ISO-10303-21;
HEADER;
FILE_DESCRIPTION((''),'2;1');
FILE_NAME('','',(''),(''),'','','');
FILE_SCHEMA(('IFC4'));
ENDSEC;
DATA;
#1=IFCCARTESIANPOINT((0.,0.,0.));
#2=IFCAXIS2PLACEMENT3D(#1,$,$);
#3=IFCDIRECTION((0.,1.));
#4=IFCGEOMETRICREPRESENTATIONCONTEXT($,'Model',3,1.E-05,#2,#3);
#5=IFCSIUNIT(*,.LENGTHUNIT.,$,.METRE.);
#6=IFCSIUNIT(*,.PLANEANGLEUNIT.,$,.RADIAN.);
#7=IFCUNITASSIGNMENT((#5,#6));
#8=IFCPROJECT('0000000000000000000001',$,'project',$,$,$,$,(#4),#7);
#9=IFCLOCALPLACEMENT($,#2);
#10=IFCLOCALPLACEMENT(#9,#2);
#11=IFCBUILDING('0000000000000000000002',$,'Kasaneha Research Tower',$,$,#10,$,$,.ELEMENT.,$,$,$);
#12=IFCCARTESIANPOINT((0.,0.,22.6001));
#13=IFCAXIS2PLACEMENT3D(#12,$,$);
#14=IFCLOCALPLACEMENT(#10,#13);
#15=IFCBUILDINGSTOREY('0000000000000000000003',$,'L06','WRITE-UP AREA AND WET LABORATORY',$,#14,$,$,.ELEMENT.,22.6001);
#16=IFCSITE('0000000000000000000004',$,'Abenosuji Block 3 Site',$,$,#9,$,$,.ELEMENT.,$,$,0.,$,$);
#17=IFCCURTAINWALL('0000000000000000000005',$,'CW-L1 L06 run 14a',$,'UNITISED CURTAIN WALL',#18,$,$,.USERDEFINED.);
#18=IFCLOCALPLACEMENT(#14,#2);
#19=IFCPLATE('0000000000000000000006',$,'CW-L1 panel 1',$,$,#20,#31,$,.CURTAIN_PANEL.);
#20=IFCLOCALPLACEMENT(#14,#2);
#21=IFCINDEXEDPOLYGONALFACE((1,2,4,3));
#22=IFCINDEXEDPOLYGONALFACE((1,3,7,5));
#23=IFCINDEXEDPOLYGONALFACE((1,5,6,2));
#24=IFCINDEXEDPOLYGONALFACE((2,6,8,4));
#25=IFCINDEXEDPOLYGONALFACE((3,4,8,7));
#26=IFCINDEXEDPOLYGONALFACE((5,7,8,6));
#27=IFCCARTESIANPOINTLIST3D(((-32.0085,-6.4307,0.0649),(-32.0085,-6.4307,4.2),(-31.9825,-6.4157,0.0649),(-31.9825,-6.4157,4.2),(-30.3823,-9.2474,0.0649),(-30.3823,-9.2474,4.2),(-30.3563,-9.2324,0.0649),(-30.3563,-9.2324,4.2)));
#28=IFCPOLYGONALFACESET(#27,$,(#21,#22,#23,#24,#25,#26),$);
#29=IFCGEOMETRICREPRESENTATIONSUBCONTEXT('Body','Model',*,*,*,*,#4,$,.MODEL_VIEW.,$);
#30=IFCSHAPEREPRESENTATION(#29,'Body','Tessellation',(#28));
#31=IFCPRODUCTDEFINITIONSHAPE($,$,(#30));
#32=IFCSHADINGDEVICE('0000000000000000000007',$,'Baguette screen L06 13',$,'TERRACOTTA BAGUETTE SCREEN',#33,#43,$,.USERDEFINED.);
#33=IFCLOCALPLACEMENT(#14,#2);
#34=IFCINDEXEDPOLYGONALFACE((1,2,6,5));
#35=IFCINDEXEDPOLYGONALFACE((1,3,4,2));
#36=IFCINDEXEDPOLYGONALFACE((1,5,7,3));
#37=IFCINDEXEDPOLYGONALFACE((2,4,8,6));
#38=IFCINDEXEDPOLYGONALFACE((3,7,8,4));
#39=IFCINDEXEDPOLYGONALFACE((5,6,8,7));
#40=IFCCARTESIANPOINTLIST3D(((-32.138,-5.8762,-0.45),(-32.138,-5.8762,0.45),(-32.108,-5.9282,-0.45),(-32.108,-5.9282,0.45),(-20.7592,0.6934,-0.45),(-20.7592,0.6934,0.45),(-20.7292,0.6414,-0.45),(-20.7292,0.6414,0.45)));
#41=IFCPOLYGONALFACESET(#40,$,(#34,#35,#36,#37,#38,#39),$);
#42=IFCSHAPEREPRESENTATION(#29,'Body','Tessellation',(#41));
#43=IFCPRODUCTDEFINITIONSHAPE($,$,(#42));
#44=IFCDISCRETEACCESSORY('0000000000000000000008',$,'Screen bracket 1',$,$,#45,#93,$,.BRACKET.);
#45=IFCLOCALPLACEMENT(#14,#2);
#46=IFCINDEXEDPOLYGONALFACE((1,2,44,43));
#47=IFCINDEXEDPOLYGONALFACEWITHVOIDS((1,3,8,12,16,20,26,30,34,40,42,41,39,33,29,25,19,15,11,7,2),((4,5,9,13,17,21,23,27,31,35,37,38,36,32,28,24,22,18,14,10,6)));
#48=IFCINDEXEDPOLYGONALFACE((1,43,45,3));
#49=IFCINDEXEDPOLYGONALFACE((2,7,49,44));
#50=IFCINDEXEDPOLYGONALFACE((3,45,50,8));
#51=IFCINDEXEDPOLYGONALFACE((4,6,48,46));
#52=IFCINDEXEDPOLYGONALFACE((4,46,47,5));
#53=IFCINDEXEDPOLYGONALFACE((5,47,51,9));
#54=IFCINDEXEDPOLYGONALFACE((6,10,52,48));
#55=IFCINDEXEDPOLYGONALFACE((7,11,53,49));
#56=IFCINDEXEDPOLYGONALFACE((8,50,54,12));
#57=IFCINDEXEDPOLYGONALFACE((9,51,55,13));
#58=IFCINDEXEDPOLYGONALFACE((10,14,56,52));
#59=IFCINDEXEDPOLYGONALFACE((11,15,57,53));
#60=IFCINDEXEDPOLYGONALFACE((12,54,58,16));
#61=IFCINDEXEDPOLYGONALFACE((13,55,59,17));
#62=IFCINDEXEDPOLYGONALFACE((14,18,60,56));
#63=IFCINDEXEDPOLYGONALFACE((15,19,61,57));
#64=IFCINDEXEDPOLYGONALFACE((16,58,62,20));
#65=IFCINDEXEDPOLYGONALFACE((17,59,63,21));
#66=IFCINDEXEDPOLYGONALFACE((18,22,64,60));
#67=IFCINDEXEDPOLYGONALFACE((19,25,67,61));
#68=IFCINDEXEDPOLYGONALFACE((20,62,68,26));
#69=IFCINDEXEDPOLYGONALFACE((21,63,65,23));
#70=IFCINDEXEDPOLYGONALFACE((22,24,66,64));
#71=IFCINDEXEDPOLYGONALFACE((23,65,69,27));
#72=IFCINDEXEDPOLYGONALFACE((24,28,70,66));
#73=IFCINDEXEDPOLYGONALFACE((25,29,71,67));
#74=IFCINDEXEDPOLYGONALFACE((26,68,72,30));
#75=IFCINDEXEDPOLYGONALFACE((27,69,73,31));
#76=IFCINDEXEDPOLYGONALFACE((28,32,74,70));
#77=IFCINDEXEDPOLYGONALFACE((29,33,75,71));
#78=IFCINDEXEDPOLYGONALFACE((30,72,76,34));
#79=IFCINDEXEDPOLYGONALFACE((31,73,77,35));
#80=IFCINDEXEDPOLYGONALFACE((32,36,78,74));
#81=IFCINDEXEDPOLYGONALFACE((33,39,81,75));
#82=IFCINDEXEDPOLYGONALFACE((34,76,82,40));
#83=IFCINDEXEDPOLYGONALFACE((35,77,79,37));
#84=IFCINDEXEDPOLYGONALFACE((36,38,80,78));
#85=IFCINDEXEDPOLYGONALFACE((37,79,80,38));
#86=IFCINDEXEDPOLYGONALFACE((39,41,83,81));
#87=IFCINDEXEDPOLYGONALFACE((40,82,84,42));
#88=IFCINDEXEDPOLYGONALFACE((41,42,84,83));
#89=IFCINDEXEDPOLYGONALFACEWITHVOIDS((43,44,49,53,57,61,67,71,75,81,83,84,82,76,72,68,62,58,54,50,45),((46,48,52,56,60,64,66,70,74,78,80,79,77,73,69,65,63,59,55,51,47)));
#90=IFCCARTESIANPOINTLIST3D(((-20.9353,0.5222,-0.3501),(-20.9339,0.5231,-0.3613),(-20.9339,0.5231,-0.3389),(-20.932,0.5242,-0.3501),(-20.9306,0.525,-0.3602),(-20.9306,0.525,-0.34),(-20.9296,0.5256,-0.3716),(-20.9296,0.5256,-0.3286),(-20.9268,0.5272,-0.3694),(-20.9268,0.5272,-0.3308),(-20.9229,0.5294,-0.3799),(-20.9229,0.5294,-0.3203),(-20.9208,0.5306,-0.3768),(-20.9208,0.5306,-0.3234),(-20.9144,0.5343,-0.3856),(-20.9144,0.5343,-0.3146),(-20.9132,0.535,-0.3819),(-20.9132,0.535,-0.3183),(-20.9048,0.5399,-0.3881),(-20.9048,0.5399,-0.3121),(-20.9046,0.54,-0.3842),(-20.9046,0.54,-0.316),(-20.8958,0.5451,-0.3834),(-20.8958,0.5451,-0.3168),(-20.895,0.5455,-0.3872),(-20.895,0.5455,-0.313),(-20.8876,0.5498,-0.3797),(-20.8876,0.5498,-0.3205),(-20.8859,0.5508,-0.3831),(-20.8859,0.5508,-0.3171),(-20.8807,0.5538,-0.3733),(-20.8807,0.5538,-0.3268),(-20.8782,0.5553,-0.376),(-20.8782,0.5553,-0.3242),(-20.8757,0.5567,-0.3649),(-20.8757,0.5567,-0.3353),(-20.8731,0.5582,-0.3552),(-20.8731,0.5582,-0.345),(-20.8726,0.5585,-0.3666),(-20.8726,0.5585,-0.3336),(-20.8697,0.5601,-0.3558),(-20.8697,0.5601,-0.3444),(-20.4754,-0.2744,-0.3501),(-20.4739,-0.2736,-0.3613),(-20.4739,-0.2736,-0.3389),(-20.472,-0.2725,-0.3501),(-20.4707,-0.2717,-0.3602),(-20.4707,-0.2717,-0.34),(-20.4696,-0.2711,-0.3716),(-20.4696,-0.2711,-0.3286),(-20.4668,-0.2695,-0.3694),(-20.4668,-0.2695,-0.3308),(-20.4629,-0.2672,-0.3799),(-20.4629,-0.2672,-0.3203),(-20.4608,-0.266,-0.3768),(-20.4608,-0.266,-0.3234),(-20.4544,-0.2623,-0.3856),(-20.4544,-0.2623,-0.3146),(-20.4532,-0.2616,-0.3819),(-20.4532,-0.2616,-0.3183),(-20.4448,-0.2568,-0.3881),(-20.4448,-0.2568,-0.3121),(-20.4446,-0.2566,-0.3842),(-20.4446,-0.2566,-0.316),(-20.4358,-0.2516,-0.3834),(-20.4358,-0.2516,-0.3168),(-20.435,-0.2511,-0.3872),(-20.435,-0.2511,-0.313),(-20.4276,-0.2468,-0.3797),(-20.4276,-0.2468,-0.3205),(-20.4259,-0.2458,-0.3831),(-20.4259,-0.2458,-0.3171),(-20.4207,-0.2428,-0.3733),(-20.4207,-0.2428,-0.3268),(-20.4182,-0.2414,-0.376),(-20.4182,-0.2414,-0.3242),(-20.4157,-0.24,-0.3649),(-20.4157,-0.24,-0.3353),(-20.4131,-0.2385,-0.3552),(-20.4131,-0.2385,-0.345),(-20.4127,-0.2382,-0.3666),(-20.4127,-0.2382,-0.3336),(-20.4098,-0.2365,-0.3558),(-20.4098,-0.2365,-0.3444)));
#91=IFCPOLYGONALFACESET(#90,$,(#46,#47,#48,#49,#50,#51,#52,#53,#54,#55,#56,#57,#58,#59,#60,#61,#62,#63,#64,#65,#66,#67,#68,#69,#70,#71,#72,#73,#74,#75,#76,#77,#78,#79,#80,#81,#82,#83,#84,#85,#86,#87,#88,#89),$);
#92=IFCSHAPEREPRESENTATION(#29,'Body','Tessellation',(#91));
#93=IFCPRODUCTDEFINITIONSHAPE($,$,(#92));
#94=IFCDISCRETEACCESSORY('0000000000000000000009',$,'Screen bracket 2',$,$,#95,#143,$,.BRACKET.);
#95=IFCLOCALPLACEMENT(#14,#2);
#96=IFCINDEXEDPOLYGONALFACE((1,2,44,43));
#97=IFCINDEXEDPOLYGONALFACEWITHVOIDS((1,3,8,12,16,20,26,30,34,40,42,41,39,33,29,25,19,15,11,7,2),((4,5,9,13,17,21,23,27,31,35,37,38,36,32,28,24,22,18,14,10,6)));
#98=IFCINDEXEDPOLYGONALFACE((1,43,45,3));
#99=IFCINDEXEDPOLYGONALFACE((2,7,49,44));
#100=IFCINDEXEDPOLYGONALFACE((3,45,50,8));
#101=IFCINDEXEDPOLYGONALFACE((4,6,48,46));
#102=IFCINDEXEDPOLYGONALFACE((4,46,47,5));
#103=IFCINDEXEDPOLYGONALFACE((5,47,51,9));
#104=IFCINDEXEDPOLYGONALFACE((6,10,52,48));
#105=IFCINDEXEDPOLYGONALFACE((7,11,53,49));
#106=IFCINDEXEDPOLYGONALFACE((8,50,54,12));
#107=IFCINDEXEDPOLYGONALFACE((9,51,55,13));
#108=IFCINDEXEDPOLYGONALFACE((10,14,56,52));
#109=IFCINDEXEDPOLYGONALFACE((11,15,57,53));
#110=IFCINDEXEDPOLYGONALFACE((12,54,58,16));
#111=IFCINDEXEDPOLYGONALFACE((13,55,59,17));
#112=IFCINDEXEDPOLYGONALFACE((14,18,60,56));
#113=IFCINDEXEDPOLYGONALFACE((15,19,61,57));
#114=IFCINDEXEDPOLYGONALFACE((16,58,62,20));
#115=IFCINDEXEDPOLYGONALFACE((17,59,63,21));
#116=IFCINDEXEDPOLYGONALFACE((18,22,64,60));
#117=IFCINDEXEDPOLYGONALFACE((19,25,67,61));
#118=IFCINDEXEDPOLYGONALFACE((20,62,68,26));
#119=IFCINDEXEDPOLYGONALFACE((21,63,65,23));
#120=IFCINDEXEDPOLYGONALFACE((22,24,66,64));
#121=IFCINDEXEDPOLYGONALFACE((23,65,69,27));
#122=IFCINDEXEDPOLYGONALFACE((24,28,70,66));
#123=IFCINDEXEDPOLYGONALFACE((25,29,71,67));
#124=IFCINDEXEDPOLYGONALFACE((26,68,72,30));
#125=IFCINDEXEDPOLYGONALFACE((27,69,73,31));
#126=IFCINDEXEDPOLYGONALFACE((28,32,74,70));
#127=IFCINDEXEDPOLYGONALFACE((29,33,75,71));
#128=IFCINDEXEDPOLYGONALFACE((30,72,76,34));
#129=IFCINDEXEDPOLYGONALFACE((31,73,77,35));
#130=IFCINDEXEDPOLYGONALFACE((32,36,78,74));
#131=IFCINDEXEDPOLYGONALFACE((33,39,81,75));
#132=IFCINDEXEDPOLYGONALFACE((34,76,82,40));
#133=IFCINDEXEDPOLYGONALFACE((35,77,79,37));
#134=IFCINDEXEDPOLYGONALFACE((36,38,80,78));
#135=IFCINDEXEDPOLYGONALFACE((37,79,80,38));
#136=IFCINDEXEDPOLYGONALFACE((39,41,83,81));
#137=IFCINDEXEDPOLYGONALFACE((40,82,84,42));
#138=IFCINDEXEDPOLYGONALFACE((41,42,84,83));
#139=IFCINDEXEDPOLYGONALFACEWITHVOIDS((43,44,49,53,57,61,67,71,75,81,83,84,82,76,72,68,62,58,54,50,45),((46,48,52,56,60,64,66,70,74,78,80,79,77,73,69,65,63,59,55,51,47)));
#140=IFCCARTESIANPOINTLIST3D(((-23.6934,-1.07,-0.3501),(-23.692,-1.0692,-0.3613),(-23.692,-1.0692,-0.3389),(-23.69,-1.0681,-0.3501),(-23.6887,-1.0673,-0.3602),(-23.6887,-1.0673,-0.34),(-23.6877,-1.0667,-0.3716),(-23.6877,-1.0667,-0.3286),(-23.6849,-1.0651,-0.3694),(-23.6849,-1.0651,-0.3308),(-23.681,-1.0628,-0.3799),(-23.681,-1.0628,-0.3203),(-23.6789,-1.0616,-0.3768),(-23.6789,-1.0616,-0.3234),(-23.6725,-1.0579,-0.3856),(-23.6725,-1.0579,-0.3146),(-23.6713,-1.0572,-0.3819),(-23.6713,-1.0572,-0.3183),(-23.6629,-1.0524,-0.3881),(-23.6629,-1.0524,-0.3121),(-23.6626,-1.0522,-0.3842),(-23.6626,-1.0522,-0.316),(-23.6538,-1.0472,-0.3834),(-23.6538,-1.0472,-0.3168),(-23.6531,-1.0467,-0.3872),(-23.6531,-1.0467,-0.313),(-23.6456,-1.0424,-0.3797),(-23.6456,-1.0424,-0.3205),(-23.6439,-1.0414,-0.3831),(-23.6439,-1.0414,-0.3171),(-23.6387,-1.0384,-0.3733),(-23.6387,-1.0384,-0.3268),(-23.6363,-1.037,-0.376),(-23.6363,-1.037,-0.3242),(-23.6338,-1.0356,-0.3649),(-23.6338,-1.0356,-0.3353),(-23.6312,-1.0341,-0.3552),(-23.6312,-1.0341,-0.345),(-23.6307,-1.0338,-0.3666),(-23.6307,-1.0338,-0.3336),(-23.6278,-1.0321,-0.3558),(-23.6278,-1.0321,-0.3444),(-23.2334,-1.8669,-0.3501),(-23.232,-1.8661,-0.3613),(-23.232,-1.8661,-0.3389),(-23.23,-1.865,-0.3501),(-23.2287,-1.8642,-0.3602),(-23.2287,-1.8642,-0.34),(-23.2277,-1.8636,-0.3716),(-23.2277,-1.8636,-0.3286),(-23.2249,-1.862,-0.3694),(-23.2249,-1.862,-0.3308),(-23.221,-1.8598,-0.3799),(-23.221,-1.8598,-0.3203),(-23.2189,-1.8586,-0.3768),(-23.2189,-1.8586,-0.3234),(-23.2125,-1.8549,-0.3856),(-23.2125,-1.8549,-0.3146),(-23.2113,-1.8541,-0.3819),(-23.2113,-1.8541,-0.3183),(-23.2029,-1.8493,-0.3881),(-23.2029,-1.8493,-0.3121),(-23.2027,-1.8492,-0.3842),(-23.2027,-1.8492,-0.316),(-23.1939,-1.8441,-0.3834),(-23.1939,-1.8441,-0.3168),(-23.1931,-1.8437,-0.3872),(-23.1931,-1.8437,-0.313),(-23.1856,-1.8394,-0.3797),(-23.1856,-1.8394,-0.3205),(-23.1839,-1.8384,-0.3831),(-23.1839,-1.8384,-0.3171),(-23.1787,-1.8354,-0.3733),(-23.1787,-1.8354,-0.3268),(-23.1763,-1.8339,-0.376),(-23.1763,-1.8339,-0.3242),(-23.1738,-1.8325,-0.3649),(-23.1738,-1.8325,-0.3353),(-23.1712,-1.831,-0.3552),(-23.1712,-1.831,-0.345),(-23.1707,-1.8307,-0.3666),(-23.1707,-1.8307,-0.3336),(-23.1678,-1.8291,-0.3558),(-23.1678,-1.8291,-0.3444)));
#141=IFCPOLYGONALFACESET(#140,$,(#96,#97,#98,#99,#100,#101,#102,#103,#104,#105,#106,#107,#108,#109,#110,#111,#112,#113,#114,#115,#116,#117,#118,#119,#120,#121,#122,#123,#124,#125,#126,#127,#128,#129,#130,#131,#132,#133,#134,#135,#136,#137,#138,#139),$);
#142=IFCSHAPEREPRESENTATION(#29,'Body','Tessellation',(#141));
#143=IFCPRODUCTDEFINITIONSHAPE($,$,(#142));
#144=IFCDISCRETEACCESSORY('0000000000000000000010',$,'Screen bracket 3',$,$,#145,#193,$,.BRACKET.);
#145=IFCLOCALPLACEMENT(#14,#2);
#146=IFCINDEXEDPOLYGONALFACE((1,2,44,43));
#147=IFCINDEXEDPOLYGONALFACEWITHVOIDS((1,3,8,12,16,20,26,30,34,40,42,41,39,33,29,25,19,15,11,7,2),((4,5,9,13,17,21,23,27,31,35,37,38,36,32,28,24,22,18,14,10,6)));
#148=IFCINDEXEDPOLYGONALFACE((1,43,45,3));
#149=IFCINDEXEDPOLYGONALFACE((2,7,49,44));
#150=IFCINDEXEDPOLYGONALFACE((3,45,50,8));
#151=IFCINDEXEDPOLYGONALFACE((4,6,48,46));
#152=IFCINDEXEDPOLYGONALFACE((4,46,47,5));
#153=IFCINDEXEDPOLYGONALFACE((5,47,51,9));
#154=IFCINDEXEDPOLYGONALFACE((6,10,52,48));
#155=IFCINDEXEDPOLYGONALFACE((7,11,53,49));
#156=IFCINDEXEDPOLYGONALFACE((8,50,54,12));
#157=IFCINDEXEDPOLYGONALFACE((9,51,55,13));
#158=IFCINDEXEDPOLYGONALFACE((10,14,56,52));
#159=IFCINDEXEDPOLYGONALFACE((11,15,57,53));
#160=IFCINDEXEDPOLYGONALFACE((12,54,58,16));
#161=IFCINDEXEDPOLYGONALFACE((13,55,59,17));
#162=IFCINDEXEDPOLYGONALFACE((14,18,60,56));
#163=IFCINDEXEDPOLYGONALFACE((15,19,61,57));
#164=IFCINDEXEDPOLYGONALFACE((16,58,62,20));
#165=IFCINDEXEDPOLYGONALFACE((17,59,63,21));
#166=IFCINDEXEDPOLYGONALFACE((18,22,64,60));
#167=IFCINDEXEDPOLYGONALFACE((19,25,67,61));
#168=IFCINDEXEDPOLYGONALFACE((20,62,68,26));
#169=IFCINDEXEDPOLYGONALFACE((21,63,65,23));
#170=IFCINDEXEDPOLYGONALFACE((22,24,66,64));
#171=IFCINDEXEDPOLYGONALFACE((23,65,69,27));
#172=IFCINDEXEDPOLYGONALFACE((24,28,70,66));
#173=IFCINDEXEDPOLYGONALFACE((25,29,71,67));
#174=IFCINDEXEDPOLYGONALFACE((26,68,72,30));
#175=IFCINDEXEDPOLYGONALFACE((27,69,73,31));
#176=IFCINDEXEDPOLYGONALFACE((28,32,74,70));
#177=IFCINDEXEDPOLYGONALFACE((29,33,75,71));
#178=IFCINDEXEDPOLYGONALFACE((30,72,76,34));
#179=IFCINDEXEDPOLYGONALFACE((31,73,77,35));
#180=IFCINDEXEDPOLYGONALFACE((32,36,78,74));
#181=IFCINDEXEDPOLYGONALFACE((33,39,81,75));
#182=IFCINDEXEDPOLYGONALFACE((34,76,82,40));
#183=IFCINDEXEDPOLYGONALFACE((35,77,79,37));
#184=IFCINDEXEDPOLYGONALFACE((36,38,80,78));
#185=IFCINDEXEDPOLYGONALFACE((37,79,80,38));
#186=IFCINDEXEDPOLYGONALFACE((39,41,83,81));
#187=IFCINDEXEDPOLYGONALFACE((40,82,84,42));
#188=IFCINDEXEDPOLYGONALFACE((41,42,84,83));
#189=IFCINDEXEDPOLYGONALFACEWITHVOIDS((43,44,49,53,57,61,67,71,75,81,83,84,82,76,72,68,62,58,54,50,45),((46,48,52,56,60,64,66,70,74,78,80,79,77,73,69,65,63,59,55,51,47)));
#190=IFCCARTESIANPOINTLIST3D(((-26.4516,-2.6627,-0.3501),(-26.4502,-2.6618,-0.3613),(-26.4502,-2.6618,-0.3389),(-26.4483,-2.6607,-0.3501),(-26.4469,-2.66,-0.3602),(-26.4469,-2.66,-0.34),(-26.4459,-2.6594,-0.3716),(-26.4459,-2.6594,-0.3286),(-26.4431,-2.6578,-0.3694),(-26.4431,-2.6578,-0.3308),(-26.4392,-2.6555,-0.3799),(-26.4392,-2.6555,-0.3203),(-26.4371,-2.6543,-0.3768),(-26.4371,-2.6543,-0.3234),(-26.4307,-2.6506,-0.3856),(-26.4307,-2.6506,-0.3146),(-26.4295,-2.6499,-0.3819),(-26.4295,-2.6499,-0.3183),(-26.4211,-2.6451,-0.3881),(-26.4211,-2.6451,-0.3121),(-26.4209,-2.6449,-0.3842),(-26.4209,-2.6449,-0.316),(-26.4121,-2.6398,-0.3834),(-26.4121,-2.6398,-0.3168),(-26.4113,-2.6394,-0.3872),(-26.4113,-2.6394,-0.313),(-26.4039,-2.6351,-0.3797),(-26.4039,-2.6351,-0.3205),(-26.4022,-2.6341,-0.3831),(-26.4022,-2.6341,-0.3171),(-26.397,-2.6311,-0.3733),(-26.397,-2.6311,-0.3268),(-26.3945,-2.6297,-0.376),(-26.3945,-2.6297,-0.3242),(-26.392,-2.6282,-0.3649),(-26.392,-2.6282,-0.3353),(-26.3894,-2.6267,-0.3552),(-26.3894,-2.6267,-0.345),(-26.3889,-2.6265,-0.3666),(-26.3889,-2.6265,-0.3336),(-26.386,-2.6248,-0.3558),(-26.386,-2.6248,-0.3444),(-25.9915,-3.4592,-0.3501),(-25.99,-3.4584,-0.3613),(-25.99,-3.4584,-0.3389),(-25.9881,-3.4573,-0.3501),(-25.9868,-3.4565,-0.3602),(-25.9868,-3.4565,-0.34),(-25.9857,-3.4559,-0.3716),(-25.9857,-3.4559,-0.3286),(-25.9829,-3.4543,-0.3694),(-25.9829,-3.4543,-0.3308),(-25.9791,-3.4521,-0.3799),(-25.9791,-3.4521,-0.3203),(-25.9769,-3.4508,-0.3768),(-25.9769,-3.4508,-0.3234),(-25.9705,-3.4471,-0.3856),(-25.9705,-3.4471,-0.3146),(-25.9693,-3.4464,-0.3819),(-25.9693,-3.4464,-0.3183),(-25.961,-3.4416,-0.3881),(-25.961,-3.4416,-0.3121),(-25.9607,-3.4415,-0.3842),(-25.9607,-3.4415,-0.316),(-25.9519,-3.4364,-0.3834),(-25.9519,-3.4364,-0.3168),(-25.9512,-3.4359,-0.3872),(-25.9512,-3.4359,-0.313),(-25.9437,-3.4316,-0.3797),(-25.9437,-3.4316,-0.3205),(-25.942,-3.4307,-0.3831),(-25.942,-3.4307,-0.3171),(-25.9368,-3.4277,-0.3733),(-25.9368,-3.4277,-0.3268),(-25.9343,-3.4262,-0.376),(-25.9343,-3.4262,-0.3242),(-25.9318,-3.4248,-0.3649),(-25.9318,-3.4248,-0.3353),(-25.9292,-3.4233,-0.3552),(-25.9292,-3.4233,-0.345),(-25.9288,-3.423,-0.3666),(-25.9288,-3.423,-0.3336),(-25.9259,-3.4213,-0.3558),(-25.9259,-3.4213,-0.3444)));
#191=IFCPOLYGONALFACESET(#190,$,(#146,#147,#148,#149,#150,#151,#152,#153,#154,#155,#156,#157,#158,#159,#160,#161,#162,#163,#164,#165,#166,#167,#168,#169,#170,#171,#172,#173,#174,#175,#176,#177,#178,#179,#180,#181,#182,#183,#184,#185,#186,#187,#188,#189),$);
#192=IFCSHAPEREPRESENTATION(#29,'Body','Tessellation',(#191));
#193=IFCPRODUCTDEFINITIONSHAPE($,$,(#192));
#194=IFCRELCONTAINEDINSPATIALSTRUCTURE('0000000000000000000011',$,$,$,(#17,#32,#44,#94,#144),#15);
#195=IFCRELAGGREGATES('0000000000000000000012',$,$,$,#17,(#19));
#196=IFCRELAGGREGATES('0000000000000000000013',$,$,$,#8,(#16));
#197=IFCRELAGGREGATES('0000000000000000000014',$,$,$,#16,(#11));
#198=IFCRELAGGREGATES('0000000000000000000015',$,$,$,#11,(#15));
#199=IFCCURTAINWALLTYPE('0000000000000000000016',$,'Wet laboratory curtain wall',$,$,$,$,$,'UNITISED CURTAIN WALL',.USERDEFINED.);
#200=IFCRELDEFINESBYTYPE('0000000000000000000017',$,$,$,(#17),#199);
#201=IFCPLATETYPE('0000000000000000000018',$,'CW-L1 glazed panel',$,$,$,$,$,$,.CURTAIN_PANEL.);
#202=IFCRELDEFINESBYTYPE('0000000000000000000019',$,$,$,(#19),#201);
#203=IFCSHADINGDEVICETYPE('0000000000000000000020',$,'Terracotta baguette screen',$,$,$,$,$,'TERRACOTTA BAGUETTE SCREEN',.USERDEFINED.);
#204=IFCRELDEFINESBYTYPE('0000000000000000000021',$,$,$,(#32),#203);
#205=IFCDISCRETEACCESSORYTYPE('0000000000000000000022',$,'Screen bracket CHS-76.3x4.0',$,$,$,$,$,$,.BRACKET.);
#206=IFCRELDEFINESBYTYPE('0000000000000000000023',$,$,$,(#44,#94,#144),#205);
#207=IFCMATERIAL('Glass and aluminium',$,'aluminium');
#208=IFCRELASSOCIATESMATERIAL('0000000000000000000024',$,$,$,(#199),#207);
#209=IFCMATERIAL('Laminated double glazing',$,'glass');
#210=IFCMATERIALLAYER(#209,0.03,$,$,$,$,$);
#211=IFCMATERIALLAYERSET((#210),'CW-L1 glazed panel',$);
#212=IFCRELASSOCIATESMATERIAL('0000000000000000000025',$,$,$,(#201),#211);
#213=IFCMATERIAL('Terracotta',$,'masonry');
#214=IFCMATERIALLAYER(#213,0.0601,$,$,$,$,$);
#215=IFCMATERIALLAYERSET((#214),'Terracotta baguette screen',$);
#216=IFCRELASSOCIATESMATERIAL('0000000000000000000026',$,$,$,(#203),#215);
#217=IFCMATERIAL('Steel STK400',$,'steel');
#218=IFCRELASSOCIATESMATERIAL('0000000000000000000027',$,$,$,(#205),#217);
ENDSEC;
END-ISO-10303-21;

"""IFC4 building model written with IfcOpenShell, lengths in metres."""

from ifc_helpers import new_model, si_unit, direction, frame, origin, origin_2d, place, context, subcontext, project, spatial, rectangle, hollow_circle, extrude, material, layer, layer_set, material_profile, profile_set, type_object, element, aggregate, save


model = new_model("IFC4")

# Units and contexts
model_context = context("Model", 3, precision=1e-05, world=origin(), true_north=direction((0.0, 1.0)))
body_context = subcontext(model_context, "Body", "Model", "MODEL_VIEW")
ifc_project = project(units=[si_unit("LENGTHUNIT", "METRE"), si_unit("PLANEANGLEUNIT", "RADIAN")], contexts=[model_context])

# Site, building, storey
site_placement = place(None, origin())
site = spatial("IfcSite", under=ifc_project, at=site_placement, Name="Abenosuji Block 3 Site", CompositionType="ELEMENT", RefElevation=0.0)
building_placement = place(site_placement, origin())
building = spatial("IfcBuilding", under=site, at=building_placement, Name="Kasaneha Research Tower", CompositionType="ELEMENT")
storey_placement = place(building_placement, frame((0.0, 0.0, 22.6001)))
storey = spatial("IfcBuildingStorey", under=building, at=storey_placement, Name="L06", Description="WRITE-UP AREA AND WET LABORATORY", CompositionType="ELEMENT", Elevation=22.6001)

# Shared definitions
ifc_material_1 = material(Name="Glass and aluminium", Category="aluminium")
curtain_wall_type = type_object("IfcCurtainWallType", Name="Wet laboratory curtain wall", ElementType="UNITISED CURTAIN WALL", PredefinedType="USERDEFINED", material=ifc_material_1)

# Curtain wall
curtain_wall_1_placement = place(storey_placement, origin())
curtain_wall_1 = element("IfcCurtainWall", 1, at=curtain_wall_1_placement, inside=storey, type_object=curtain_wall_type, Name="CW-L1 L06 run 14a", ObjectType="UNITISED CURTAIN WALL", PredefinedType="USERDEFINED")

# Plate
ifc_material_2 = material(Name="Laminated double glazing", Category="glass")
ifc_layer_1 = layer(ifc_material_2, 0.03)
ifc_layer_set_1 = layer_set([ifc_layer_1], Name="CW-L1 glazed panel")
plate_type = type_object("IfcPlateType", Name="CW-L1 glazed panel", PredefinedType="CURTAIN_PANEL", material=ifc_layer_set_1)
plate_1_placement = place(storey_placement, frame((-31.1824, -7.8315, 0.0649), z_axis=(0.0, 0.0, 1.0), x_axis=(0.5, -0.866025, 0.0)))
plate_1 = element("IfcPlate", 2, at=plate_1_placement, type_object=plate_type, Name="CW-L1 panel 1", PredefinedType="CURTAIN_PANEL", context=body_context, shape_type="SweptSolid", body=[
    extrude(rectangle(XDim=3.2524, YDim=0.03, at=origin_2d()), origin(), (0.0, 0.0, 1.0), 4.135),
])
aggregate(curtain_wall_1, [plate_1])

# Shading device
ifc_material_3 = material(Name="Terracotta", Category="masonry")
ifc_layer_2 = layer(ifc_material_3, 0.0601)
ifc_layer_set_2 = layer_set([ifc_layer_2], Name="Terracotta baguette screen")
shading_device_type = type_object("IfcShadingDeviceType", Name="Terracotta baguette screen", ElementType="TERRACOTTA BAGUETTE SCREEN", PredefinedType="USERDEFINED", material=ifc_layer_set_2)
shading_device_placement = place(storey_placement, frame((-26.4336, -2.6174, -0.45), z_axis=(0.0, 0.0, 1.0), x_axis=(-0.866025, -0.5, 0.0)))
element("IfcShadingDevice", 3, at=shading_device_placement, inside=storey, type_object=shading_device_type, Name="Baguette screen L06 13", ObjectType="TERRACOTTA BAGUETTE SCREEN", PredefinedType="USERDEFINED", context=body_context, shape_type="SweptSolid", body=[
    extrude(rectangle(XDim=13.1392, YDim=0.0601, at=origin_2d()), origin(), (0.0, 0.0, 1.0), 0.8999),
])

# Discrete accessories
ifc_material_4 = material(Name="Steel STK400", Category="steel")
ifc_material_profile_1 = material_profile(ifc_material_4, hollow_circle(Radius=0.0381, WallThickness=0.0039, at=origin_2d()), Name="CHS-76.3x4.0")
ifc_profile_set_1 = profile_set([ifc_material_profile_1], Name="Steel STK400")
discrete_accessory_type = type_object("IfcDiscreteAccessoryType", Name="Screen bracket CHS-76.3x4.0", PredefinedType="BRACKET", material=ifc_profile_set_1)
discrete_accessory_1_placement = place(storey_placement, frame((-20.4424, -0.2554, -0.3501), z_axis=(-0.500021, 0.866013, 0.0), x_axis=(-0.866013, -0.500021, 0.0)))
element("IfcDiscreteAccessory", 4, at=discrete_accessory_1_placement, inside=storey, type_object=discrete_accessory_type, Name="Screen bracket 1", PredefinedType="BRACKET", context=body_context, shape_type="SweptSolid", body=[
    extrude(hollow_circle(Radius=0.0381, WallThickness=0.0039, at=origin_2d()), origin(), (0.0, 0.0, 1.0), 0.9199),
])
discrete_accessory_2_placement = place(storey_placement, frame((-23.2004, -1.8479, -0.3501), z_axis=(-0.499906, 0.86608, 0.0), x_axis=(-0.86608, -0.499906, 0.0)))
element("IfcDiscreteAccessory", 5, at=discrete_accessory_2_placement, inside=storey, type_object=discrete_accessory_type, Name="Screen bracket 2", PredefinedType="BRACKET", context=body_context, shape_type="SweptSolid", body=[
    extrude(hollow_circle(Radius=0.0381, WallThickness=0.0039, at=origin_2d()), origin(), (0.0, 0.0, 1.0), 0.9202),
])
discrete_accessory_3_placement = place(storey_placement, frame((-25.9585, -3.4402, -0.3501), z_axis=(-0.50022, 0.865898, 0.0), x_axis=(-0.865898, -0.50022, 0.0)))
element("IfcDiscreteAccessory", 6, at=discrete_accessory_3_placement, inside=storey, type_object=discrete_accessory_type, Name="Screen bracket 3", PredefinedType="BRACKET", context=body_context, shape_type="SweptSolid", body=[
    extrude(hollow_circle(Radius=0.0381, WallThickness=0.0039, at=origin_2d()), origin(), (0.0, 0.0, 1.0), 0.9199),
])

save(model, "model.ifc")
